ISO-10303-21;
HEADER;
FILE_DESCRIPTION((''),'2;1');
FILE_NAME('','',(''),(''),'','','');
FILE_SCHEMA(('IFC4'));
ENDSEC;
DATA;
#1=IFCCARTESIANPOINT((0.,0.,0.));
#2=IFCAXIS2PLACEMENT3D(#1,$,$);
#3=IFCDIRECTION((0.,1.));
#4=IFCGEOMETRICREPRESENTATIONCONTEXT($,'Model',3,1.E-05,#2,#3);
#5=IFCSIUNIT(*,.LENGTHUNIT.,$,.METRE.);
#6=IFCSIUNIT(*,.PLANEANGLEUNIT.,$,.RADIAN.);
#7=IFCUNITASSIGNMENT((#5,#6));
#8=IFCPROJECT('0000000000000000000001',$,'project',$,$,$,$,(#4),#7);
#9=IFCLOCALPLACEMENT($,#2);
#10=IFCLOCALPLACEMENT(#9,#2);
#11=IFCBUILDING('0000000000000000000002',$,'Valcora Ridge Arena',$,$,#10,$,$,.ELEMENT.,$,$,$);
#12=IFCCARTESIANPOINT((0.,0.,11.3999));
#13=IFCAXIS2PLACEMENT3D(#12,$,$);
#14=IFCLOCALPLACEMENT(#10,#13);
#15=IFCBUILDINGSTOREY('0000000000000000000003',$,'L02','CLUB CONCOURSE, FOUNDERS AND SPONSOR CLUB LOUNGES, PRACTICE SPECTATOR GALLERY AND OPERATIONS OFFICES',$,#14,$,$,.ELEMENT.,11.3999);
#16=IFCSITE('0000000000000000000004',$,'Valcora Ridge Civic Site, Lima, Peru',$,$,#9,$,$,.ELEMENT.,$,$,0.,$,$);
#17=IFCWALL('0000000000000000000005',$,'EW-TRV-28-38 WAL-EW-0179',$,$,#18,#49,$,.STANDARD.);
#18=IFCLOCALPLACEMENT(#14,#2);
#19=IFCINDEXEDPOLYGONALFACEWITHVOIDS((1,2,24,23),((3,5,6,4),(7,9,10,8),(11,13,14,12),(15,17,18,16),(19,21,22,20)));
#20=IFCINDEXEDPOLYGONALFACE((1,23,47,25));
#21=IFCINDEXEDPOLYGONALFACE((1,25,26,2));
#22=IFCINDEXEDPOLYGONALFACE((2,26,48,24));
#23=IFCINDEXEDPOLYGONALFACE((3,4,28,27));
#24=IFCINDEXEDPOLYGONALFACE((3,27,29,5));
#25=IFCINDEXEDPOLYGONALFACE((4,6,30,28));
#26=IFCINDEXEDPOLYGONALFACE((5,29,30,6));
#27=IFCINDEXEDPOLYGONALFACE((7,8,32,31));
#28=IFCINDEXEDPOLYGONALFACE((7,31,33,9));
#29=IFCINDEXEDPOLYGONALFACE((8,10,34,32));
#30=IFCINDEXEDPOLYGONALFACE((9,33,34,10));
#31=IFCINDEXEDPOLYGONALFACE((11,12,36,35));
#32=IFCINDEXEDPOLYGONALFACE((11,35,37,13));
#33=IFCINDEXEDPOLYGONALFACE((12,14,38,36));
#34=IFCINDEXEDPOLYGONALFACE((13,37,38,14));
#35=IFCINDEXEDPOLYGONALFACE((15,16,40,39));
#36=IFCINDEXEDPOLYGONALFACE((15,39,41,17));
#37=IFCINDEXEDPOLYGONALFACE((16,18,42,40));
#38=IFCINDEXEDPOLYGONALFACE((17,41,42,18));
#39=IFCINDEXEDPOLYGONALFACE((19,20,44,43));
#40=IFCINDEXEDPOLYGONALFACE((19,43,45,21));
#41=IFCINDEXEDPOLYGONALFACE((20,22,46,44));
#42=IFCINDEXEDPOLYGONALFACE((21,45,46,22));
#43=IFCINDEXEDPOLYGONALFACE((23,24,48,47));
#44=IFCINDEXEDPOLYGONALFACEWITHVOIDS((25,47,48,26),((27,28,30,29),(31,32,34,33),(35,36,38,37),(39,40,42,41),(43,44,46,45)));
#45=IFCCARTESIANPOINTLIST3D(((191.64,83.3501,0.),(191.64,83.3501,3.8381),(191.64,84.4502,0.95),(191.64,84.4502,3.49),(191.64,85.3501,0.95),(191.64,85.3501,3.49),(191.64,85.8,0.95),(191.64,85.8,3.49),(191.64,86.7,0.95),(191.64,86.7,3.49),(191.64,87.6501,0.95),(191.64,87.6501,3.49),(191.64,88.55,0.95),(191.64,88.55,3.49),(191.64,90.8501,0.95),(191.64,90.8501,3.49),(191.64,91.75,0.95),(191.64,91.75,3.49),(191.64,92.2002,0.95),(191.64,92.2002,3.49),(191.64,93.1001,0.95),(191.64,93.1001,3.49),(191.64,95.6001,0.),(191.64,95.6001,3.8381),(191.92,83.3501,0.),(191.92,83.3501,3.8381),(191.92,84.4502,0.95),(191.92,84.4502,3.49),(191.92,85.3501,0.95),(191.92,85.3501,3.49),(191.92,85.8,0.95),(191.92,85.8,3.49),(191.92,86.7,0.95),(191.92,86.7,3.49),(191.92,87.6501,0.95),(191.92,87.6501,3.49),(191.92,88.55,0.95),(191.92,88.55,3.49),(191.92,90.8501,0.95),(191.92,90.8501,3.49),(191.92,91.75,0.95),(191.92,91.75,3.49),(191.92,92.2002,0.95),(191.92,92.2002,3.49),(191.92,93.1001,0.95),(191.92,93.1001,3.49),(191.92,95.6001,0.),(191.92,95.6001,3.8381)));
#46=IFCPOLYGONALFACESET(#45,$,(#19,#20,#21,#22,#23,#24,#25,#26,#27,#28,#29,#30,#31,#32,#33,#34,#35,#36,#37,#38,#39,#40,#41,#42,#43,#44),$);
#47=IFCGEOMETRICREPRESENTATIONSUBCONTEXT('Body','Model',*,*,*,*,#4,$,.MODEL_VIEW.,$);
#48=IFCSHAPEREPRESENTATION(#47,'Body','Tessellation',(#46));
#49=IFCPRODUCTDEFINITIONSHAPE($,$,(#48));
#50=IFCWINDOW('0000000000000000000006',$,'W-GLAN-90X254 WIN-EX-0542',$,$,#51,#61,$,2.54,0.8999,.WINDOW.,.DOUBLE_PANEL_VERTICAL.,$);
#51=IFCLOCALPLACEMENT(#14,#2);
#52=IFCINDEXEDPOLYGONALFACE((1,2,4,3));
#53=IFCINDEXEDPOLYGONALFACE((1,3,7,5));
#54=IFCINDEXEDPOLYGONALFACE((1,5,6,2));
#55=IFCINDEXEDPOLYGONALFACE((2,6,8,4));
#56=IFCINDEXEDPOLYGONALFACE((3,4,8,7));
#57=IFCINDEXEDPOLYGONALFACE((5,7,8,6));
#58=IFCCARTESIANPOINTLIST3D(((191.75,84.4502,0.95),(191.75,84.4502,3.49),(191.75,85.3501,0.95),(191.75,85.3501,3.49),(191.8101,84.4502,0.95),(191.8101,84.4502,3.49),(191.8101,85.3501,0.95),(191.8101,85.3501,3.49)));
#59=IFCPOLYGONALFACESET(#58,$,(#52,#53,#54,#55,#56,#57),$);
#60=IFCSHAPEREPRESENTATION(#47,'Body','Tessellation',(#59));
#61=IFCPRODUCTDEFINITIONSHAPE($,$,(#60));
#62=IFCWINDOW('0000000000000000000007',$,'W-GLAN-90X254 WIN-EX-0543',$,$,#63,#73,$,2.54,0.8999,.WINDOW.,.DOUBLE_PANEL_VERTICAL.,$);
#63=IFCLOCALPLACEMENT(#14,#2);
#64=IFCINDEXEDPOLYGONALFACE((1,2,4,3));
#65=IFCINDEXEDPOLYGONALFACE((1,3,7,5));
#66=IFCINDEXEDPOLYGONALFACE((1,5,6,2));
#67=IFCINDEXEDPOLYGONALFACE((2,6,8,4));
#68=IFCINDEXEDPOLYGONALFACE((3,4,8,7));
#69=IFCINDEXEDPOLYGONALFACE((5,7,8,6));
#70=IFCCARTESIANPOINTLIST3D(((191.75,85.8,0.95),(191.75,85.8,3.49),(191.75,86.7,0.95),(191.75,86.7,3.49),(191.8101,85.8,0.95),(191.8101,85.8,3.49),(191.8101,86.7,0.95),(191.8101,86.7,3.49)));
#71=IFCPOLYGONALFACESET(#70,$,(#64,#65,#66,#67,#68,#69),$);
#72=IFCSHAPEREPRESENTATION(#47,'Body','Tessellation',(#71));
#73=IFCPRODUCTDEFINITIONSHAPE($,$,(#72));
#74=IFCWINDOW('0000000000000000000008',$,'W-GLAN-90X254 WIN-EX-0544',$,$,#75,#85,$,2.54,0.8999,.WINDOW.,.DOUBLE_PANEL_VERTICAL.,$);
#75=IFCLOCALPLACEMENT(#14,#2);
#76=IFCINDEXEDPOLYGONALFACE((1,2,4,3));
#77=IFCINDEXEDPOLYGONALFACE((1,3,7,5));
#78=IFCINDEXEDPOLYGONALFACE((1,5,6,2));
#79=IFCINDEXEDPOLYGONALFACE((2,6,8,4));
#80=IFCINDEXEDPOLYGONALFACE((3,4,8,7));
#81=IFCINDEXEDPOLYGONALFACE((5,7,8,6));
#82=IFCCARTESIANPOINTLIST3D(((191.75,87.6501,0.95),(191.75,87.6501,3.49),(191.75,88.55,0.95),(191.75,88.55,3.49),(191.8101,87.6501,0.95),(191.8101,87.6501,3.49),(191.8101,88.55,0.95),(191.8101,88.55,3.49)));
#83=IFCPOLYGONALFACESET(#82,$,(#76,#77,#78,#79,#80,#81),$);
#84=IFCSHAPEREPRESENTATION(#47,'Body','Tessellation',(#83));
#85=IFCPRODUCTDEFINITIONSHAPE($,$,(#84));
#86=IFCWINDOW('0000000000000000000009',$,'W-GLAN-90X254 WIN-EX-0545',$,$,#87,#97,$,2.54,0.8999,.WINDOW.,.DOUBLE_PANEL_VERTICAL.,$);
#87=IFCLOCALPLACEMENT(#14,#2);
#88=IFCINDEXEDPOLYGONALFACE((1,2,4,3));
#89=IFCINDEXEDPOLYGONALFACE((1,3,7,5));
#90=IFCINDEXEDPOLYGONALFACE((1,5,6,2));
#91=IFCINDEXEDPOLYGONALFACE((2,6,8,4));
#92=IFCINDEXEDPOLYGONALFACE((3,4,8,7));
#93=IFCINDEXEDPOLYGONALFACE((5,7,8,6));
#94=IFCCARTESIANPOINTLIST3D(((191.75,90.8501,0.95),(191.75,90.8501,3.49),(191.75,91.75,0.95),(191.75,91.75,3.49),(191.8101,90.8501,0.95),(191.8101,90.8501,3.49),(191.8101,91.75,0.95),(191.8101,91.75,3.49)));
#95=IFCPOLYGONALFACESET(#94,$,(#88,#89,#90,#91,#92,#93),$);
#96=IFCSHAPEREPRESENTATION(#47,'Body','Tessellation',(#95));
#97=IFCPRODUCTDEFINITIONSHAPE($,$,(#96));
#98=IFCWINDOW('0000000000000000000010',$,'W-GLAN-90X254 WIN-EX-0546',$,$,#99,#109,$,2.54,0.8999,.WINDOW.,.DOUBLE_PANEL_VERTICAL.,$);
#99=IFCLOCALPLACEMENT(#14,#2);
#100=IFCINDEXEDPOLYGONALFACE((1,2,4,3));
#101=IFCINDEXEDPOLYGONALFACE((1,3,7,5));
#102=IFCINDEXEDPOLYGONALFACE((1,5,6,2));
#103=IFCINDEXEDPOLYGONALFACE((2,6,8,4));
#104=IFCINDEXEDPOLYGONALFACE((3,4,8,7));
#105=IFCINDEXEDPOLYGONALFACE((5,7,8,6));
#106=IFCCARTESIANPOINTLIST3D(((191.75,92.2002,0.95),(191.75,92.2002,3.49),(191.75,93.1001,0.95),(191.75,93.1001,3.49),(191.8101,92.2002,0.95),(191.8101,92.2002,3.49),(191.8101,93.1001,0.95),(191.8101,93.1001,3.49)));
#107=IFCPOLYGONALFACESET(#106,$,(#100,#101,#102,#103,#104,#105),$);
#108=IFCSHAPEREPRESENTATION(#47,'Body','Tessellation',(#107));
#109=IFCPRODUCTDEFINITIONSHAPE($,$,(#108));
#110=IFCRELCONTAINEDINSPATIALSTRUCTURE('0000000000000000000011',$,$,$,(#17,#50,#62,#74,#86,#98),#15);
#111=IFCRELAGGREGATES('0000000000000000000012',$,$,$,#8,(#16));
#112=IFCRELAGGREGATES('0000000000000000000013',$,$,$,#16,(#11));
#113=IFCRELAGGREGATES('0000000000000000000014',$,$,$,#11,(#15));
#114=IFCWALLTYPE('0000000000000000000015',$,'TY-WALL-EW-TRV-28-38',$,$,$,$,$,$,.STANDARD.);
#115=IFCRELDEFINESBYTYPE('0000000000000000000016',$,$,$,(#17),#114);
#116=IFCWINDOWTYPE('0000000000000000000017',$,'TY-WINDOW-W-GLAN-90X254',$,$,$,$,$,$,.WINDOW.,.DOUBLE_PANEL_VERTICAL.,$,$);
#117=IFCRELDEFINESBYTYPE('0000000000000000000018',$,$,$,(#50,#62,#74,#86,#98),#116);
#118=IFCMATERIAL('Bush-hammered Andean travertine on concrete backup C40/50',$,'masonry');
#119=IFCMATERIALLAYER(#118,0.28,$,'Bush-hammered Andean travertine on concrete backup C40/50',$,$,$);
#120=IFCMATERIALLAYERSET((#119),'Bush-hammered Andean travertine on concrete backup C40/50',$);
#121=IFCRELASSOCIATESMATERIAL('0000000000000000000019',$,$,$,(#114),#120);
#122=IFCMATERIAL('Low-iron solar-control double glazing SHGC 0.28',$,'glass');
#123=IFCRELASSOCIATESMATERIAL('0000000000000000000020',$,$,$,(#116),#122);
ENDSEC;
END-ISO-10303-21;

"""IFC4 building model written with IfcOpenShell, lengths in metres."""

from ifc_helpers import new_model, si_unit, direction, frame, frame_2d, origin, place, context, subcontext, project, spatial, rectangle, extrude, material, layer, layer_set, type_object, element, fill, save


model = new_model("IFC4")

# Units and contexts
model_context = context("Model", 3, precision=1e-05, world=origin(), true_north=direction((0.0, 1.0)))
body_context = subcontext(model_context, "Body", "Model", "MODEL_VIEW")
ifc_project = project(units=[si_unit("LENGTHUNIT", "METRE"), si_unit("PLANEANGLEUNIT", "RADIAN")], contexts=[model_context])

# Site, building, storey
site_placement = place(None, origin())
site = spatial("IfcSite", under=ifc_project, at=site_placement, Name="Valcora Ridge Civic Site, Lima, Peru", CompositionType="ELEMENT", RefElevation=0.0)
building_placement = place(site_placement, origin())
building = spatial("IfcBuilding", under=site, at=building_placement, Name="Valcora Ridge Arena", CompositionType="ELEMENT")
storey_placement = place(building_placement, frame((0.0, 0.0, 11.3999)))
storey = spatial("IfcBuildingStorey", under=building, at=storey_placement, Name="L02", Description="CLUB CONCOURSE, FOUNDERS AND SPONSOR CLUB LOUNGES, PRACTICE SPECTATOR GALLERY AND OPERATIONS OFFICES", CompositionType="ELEMENT", Elevation=11.3999)

# Wall, openings, windows
ifc_material_1 = material(Name="Bush-hammered Andean travertine on concrete backup C40/50", Category="masonry")
ifc_layer_1 = layer(ifc_material_1, 0.28, Name="Bush-hammered Andean travertine on concrete backup C40/50")
ifc_layer_set_1 = layer_set([ifc_layer_1], Name="Bush-hammered Andean travertine on concrete backup C40/50")
wall_type_1 = type_object("IfcWallType", Name="TY-WALL-EW-TRV-28-38", PredefinedType="STANDARD", material=ifc_layer_set_1)
wall_1_placement = place(storey_placement, frame((191.78, 83.3501, 0.0), z_axis=(0.0, 0.0, 1.0), x_axis=(0.0, 1.0, 0.0)))
wall_1 = element("IfcWall", 1, at=wall_1_placement, inside=storey, type_object=wall_type_1, Name="EW-TRV-28-38 WAL-EW-0179", PredefinedType="STANDARD", context=body_context, shape_type="SweptSolid", body=[
    extrude(rectangle(XDim=12.25, YDim=0.28, at=frame_2d((6.125, 0.0))), origin(), (0.0, 0.0, 1.0), 3.8381),
])
opening_1_placement = place(wall_1_placement, frame((1.1001, 0.0, 0.95)))
opening_1 = element("IfcOpeningElement", 2, at=opening_1_placement, cuts=wall_1, PredefinedType="OPENING", context=body_context, shape_type="SweptSolid", body=[
    extrude(rectangle(XDim=0.8999, YDim=2.54, at=frame_2d((0.45, 1.27))), frame((0.0, 0.1499, 0.0), z_axis=(0.0, -1.0, 0.0), x_axis=(1.0, 0.0, 0.0)), (0.0, 0.0, 1.0), 0.3),
])
opening_2_placement = place(wall_1_placement, frame((2.45, 0.0, 0.95)))
opening_2 = element("IfcOpeningElement", 3, at=opening_2_placement, cuts=wall_1, PredefinedType="OPENING", context=body_context, shape_type="SweptSolid", body=[
    extrude(rectangle(XDim=0.8999, YDim=2.54, at=frame_2d((0.45, 1.27))), frame((0.0, 0.1499, 0.0), z_axis=(0.0, -1.0, 0.0), x_axis=(1.0, 0.0, 0.0)), (0.0, 0.0, 1.0), 0.3),
])
opening_3_placement = place(wall_1_placement, frame((4.3, 0.0, 0.95)))
opening_3 = element("IfcOpeningElement", 4, at=opening_3_placement, cuts=wall_1, PredefinedType="OPENING", context=body_context, shape_type="SweptSolid", body=[
    extrude(rectangle(XDim=0.8999, YDim=2.54, at=frame_2d((0.45, 1.27))), frame((0.0, 0.1499, 0.0), z_axis=(0.0, -1.0, 0.0), x_axis=(1.0, 0.0, 0.0)), (0.0, 0.0, 1.0), 0.3),
])
opening_4_placement = place(wall_1_placement, frame((7.5, 0.0, 0.95)))
opening_4 = element("IfcOpeningElement", 5, at=opening_4_placement, cuts=wall_1, PredefinedType="OPENING", context=body_context, shape_type="SweptSolid", body=[
    extrude(rectangle(XDim=0.8999, YDim=2.54, at=frame_2d((0.45, 1.27))), frame((0.0, 0.1499, 0.0), z_axis=(0.0, -1.0, 0.0), x_axis=(1.0, 0.0, 0.0)), (0.0, 0.0, 1.0), 0.3),
])
opening_5_placement = place(wall_1_placement, frame((8.8501, 0.0, 0.95)))
opening_5 = element("IfcOpeningElement", 6, at=opening_5_placement, cuts=wall_1, PredefinedType="OPENING", context=body_context, shape_type="SweptSolid", body=[
    extrude(rectangle(XDim=0.8999, YDim=2.54, at=frame_2d((0.45, 1.27))), frame((0.0, 0.1499, 0.0), z_axis=(0.0, -1.0, 0.0), x_axis=(1.0, 0.0, 0.0)), (0.0, 0.0, 1.0), 0.3),
])
ifc_material_2 = material(Name="Low-iron solar-control double glazing SHGC 0.28", Category="glass")
window_type = type_object("IfcWindowType", Name="TY-WINDOW-W-GLAN-90X254", PartitioningType="DOUBLE_PANEL_VERTICAL", PredefinedType="WINDOW", material=ifc_material_2)
window_1_placement = place(opening_1_placement, origin())
window_1 = element("IfcWindow", 7, at=window_1_placement, inside=storey, type_object=window_type, Name="W-GLAN-90X254 WIN-EX-0542", OverallHeight=2.54, OverallWidth=0.8999, PartitioningType="DOUBLE_PANEL_VERTICAL", PredefinedType="WINDOW", context=body_context, shape_type="SweptSolid", body=[
    extrude(rectangle(XDim=0.8999, YDim=2.54, at=frame_2d((0.45, 1.27))), frame((0.0, 0.03, 0.0), z_axis=(0.0, -1.0, 0.0), x_axis=(1.0, 0.0, 0.0)), (0.0, 0.0, 1.0), 0.0601),
])
fill(opening_1, window_1)
window_2_placement = place(opening_2_placement, origin())
window_2 = element("IfcWindow", 8, at=window_2_placement, inside=storey, type_object=window_type, Name="W-GLAN-90X254 WIN-EX-0543", OverallHeight=2.54, OverallWidth=0.8999, PartitioningType="DOUBLE_PANEL_VERTICAL", PredefinedType="WINDOW", context=body_context, shape_type="SweptSolid", body=[
    extrude(rectangle(XDim=0.8999, YDim=2.54, at=frame_2d((0.45, 1.27))), frame((0.0, 0.03, 0.0), z_axis=(0.0, -1.0, 0.0), x_axis=(1.0, 0.0, 0.0)), (0.0, 0.0, 1.0), 0.0601),
])
fill(opening_2, window_2)
window_3_placement = place(opening_3_placement, origin())
window_3 = element("IfcWindow", 9, at=window_3_placement, inside=storey, type_object=window_type, Name="W-GLAN-90X254 WIN-EX-0544", OverallHeight=2.54, OverallWidth=0.8999, PartitioningType="DOUBLE_PANEL_VERTICAL", PredefinedType="WINDOW", context=body_context, shape_type="SweptSolid", body=[
    extrude(rectangle(XDim=0.8999, YDim=2.54, at=frame_2d((0.45, 1.27))), frame((0.0, 0.03, 0.0), z_axis=(0.0, -1.0, 0.0), x_axis=(1.0, 0.0, 0.0)), (0.0, 0.0, 1.0), 0.0601),
])
fill(opening_3, window_3)
window_4_placement = place(opening_4_placement, origin())
window_4 = element("IfcWindow", 10, at=window_4_placement, inside=storey, type_object=window_type, Name="W-GLAN-90X254 WIN-EX-0545", OverallHeight=2.54, OverallWidth=0.8999, PartitioningType="DOUBLE_PANEL_VERTICAL", PredefinedType="WINDOW", context=body_context, shape_type="SweptSolid", body=[
    extrude(rectangle(XDim=0.8999, YDim=2.54, at=frame_2d((0.45, 1.27))), frame((0.0, 0.03, 0.0), z_axis=(0.0, -1.0, 0.0), x_axis=(1.0, 0.0, 0.0)), (0.0, 0.0, 1.0), 0.0601),
])
fill(opening_4, window_4)
window_5_placement = place(opening_5_placement, origin())
window_5 = element("IfcWindow", 11, at=window_5_placement, inside=storey, type_object=window_type, Name="W-GLAN-90X254 WIN-EX-0546", OverallHeight=2.54, OverallWidth=0.8999, PartitioningType="DOUBLE_PANEL_VERTICAL", PredefinedType="WINDOW", context=body_context, shape_type="SweptSolid", body=[
    extrude(rectangle(XDim=0.8999, YDim=2.54, at=frame_2d((0.45, 1.27))), frame((0.0, 0.03, 0.0), z_axis=(0.0, -1.0, 0.0), x_axis=(1.0, 0.0, 0.0)), (0.0, 0.0, 1.0), 0.0601),
])
fill(opening_5, window_5)

save(model, "model.ifc")
